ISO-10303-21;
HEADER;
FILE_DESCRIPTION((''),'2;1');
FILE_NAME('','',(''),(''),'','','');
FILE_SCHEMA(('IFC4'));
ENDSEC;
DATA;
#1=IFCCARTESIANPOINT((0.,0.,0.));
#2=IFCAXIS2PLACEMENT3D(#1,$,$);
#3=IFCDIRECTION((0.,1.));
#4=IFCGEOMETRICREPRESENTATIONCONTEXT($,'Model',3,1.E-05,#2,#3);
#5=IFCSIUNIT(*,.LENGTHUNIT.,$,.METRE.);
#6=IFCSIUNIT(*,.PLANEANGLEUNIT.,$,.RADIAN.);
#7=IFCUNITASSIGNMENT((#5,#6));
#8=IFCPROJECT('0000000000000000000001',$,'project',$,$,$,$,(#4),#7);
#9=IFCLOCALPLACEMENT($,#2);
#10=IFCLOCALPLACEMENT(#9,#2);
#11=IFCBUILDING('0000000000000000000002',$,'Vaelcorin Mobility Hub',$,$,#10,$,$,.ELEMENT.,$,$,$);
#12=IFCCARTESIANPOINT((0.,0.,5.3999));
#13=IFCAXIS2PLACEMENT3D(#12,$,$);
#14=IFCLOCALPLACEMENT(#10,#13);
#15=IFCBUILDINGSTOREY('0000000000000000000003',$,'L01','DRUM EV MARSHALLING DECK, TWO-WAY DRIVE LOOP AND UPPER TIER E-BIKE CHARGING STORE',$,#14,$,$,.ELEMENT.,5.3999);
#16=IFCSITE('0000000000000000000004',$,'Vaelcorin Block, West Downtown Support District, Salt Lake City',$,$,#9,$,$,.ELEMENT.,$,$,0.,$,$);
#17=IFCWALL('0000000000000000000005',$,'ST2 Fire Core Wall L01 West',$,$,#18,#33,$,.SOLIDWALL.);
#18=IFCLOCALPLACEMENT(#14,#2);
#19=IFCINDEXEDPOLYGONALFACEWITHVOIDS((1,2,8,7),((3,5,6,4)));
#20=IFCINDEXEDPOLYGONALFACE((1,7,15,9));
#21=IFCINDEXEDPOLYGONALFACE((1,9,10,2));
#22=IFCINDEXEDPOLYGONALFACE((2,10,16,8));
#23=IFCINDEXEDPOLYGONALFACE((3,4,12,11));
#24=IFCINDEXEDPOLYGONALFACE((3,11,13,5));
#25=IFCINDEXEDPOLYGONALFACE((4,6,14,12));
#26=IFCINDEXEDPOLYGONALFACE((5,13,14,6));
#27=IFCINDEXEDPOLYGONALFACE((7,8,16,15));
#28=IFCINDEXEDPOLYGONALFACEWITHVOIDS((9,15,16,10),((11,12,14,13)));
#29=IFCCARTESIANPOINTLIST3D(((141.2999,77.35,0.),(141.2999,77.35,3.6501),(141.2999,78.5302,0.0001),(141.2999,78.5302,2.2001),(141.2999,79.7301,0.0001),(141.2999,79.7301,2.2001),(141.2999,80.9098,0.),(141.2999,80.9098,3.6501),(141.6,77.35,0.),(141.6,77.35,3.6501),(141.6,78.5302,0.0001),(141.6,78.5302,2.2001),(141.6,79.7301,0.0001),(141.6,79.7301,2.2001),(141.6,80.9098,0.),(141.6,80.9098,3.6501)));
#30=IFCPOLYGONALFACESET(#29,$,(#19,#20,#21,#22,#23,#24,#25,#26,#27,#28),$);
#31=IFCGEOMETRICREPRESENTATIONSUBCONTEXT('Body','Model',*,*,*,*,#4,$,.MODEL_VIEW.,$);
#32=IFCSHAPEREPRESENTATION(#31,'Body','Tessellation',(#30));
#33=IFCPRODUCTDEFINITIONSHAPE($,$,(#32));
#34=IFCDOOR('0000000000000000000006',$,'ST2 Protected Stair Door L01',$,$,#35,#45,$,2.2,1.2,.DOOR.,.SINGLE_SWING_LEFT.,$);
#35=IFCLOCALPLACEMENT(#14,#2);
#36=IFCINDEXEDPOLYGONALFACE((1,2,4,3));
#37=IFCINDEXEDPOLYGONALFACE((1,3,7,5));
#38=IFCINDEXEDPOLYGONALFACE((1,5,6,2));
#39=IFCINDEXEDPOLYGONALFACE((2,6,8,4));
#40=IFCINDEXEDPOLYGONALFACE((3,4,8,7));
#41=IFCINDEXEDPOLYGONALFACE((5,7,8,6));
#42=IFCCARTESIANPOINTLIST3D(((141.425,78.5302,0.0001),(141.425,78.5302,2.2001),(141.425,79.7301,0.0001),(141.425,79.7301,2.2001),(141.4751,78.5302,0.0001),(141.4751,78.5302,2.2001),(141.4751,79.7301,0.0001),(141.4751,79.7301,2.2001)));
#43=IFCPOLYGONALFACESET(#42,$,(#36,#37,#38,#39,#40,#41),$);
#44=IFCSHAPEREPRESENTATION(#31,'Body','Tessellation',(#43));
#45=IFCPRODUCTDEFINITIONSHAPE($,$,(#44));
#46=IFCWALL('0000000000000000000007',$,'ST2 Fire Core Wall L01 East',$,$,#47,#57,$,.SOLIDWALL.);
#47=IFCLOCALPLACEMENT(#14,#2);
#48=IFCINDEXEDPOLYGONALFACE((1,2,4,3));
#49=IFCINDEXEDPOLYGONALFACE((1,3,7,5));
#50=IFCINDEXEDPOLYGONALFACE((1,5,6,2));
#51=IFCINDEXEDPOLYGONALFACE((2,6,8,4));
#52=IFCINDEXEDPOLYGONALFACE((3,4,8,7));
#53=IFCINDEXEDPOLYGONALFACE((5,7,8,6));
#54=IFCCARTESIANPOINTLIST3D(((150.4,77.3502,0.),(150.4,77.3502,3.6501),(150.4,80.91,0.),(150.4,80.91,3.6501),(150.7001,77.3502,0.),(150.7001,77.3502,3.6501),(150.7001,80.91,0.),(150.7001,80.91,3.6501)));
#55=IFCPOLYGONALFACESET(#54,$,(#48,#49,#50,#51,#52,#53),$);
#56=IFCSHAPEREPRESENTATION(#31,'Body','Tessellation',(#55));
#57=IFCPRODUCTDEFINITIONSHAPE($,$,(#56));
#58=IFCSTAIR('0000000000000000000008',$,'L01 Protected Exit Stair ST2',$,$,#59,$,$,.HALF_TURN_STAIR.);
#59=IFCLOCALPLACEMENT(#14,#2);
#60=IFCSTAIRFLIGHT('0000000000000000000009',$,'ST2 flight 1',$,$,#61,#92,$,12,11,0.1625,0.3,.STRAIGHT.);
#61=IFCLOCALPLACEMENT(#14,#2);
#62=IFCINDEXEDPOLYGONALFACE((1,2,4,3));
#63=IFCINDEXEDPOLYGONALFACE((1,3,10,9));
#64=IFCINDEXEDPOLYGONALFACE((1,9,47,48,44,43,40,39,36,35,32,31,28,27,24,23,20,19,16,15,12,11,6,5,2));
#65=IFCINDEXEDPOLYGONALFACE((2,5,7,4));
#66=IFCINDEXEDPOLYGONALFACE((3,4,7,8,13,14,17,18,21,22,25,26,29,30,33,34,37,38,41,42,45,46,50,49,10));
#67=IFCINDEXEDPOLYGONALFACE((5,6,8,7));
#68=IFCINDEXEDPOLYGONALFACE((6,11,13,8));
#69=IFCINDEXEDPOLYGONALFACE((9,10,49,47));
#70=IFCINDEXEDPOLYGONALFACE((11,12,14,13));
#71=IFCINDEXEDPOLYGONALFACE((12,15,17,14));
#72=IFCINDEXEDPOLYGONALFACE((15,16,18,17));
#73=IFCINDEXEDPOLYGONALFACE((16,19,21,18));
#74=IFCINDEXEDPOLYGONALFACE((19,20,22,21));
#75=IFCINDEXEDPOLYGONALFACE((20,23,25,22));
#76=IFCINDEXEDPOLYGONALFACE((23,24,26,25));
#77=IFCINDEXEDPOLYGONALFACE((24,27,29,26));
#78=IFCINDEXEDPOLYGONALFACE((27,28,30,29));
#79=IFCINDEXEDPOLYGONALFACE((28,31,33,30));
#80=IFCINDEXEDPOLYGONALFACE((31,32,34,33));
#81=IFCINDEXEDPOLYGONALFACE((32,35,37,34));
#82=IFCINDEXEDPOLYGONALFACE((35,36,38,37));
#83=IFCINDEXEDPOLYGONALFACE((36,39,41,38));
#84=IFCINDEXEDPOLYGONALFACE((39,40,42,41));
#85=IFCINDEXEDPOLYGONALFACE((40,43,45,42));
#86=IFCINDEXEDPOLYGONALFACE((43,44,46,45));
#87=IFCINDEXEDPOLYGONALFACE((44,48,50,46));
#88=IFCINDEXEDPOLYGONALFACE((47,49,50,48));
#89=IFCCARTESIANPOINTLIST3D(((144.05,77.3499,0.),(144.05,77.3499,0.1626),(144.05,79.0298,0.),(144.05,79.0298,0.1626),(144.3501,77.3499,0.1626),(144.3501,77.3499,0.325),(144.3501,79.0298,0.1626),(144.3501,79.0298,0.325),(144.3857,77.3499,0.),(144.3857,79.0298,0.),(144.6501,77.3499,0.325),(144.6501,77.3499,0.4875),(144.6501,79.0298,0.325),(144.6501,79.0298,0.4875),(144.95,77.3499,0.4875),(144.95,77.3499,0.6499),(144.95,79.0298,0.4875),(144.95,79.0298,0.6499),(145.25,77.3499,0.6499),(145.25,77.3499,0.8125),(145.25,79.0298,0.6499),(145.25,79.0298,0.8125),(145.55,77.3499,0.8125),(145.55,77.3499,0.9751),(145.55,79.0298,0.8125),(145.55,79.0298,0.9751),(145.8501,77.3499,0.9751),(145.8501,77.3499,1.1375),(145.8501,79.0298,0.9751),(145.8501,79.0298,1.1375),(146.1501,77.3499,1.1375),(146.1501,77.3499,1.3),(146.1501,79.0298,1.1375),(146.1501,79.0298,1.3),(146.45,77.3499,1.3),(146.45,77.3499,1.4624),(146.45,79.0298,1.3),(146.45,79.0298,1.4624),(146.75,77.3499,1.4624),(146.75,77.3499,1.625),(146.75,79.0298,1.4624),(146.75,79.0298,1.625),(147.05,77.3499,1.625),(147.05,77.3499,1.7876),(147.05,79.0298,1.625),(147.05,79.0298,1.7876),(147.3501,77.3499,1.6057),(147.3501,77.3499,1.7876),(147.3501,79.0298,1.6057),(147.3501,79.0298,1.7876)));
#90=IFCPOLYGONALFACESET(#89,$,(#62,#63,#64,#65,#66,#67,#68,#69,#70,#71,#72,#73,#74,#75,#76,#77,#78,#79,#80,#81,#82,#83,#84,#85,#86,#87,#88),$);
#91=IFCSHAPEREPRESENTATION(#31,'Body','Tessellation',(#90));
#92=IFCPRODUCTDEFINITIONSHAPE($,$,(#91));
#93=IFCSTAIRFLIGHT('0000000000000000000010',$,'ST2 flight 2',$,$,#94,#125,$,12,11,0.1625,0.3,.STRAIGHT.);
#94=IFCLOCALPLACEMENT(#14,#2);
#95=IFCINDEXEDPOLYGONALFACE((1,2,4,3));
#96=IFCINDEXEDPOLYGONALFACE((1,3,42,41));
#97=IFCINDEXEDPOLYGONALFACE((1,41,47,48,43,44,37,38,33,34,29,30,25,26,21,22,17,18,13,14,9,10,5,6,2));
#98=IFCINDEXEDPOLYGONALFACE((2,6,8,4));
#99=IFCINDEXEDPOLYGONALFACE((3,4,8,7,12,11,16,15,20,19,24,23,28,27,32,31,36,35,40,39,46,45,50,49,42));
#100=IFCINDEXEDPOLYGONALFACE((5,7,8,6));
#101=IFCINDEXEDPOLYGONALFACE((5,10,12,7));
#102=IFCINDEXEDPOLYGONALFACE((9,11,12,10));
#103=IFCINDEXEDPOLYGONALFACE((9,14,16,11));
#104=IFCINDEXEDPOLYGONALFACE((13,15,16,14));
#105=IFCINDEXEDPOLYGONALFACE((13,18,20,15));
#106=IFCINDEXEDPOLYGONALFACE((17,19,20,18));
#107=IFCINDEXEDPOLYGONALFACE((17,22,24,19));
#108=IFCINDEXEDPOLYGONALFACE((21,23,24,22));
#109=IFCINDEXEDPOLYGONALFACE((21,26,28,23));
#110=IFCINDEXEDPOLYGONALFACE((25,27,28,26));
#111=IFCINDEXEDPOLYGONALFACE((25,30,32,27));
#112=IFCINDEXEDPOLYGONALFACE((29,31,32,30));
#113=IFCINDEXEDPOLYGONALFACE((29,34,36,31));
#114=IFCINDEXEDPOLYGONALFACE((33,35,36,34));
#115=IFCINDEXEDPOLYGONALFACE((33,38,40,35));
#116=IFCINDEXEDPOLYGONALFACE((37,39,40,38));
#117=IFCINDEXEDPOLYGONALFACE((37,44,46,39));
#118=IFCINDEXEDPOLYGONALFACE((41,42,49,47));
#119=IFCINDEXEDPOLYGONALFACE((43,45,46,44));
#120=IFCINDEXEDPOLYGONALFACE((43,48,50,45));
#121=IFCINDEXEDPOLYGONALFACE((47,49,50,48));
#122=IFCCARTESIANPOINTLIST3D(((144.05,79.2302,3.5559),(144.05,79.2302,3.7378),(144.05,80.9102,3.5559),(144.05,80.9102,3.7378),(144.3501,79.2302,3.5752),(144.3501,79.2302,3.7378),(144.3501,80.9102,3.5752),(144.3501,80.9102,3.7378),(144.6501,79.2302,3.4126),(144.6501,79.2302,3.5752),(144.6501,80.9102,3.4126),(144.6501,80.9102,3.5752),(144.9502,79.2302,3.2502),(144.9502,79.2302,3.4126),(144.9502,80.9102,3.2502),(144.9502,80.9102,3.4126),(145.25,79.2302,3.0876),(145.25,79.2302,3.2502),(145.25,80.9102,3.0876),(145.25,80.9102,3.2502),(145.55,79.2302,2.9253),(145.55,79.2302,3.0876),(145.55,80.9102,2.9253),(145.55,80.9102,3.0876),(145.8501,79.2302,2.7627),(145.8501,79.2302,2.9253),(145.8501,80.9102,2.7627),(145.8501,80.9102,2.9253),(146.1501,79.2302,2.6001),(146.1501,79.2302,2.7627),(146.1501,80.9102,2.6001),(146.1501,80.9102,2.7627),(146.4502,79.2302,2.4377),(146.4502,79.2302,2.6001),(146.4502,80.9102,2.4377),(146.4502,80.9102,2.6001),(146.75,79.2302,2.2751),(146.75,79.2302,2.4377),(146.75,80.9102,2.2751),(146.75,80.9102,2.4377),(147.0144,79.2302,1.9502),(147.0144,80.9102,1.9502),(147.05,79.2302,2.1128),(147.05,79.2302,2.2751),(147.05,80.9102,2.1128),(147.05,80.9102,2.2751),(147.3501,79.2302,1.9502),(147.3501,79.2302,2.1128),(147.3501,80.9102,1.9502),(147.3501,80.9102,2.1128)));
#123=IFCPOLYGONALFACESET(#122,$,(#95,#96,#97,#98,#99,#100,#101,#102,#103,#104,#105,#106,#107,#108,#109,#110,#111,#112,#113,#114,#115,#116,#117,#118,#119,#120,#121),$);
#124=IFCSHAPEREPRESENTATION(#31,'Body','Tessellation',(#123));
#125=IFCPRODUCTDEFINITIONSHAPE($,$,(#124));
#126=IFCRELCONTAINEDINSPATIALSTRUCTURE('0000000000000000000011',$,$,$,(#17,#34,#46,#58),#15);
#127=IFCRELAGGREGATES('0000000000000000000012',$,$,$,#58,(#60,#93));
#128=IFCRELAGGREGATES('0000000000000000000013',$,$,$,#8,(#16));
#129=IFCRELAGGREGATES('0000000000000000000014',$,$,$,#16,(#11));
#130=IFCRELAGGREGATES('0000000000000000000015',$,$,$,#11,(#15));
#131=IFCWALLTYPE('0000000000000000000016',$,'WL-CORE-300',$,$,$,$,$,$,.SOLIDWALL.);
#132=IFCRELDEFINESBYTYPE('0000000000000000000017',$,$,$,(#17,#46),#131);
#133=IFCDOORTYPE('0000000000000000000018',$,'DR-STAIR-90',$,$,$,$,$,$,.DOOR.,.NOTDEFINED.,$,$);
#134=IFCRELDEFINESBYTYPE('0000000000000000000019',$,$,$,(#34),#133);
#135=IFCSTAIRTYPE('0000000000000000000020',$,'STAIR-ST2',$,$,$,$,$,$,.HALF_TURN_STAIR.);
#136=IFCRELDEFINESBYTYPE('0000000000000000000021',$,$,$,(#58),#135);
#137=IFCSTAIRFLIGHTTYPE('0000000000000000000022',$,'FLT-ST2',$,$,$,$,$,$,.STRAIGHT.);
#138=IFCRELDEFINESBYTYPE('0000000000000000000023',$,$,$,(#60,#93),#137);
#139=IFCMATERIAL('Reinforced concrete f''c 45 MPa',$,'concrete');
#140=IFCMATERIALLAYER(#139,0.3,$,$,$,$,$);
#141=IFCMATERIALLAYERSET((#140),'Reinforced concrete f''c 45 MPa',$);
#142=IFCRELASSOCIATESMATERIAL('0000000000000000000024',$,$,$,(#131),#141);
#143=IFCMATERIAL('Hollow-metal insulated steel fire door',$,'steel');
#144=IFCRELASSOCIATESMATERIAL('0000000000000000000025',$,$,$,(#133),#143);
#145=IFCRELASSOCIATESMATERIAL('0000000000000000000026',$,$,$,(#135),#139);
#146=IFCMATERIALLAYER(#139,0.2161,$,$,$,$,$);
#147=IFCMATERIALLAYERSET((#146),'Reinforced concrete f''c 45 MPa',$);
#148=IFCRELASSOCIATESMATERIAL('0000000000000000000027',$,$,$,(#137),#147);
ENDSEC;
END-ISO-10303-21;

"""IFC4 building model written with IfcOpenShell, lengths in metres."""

from ifc_helpers import new_model, si_unit, direction, frame, frame_2d, origin, place, context, subcontext, project, spatial, polyline, rectangle, outline, extrude, material, layer, layer_set, type_object, element, fill, aggregate, save


model = new_model("IFC4")

# Units and contexts
model_context = context("Model", 3, precision=1e-05, world=origin(), true_north=direction((0.0, 1.0)))
body_context = subcontext(model_context, "Body", "Model", "MODEL_VIEW")
ifc_project = project(units=[si_unit("LENGTHUNIT", "METRE"), si_unit("PLANEANGLEUNIT", "RADIAN")], contexts=[model_context])

# Site, building, storey
site_placement = place(None, origin())
site = spatial("IfcSite", under=ifc_project, at=site_placement, Name="Vaelcorin Block, West Downtown Support District, Salt Lake City", CompositionType="ELEMENT", RefElevation=0.0)
building_placement = place(site_placement, origin())
building = spatial("IfcBuilding", under=site, at=building_placement, Name="Vaelcorin Mobility Hub", CompositionType="ELEMENT")
storey_placement = place(building_placement, frame((0.0, 0.0, 5.3999)))
storey = spatial("IfcBuildingStorey", under=building, at=storey_placement, Name="L01", Description="DRUM EV MARSHALLING DECK, TWO-WAY DRIVE LOOP AND UPPER TIER E-BIKE CHARGING STORE", CompositionType="ELEMENT", Elevation=5.3999)

# Shared definitions
ifc_material_1 = material(Name="Reinforced concrete f'c 45 MPa", Category="concrete")
ifc_layer_1 = layer(ifc_material_1, 0.3)
ifc_layer_set_1 = layer_set([ifc_layer_1], Name="Reinforced concrete f'c 45 MPa")
wall_type = type_object("IfcWallType", Name="WL-CORE-300", PredefinedType="SOLIDWALL", material=ifc_layer_set_1)

# Wall, opening, door
wall_1_placement = place(storey_placement, frame((141.45, 77.3501, 0.0), z_axis=(0.0, 0.0, 1.0), x_axis=(0.0, 1.0, 0.0)))
wall_1 = element("IfcWall", 1, at=wall_1_placement, inside=storey, type_object=wall_type, Name="ST2 Fire Core Wall L01 West", PredefinedType="SOLIDWALL", context=body_context, shape_type="SweptSolid", body=[
    extrude(rectangle(XDim=3.5598, YDim=0.3, at=frame_2d((1.7798, 0.0))), origin(), (0.0, 0.0, 1.0), 3.6501),
])
opening_placement = place(wall_1_placement, frame((1.1799, 0.0, 0.0)))
opening = element("IfcOpeningElement", 2, at=opening_placement, cuts=wall_1, PredefinedType="OPENING", context=body_context, shape_type="SweptSolid", body=[
    extrude(rectangle(XDim=1.2, YDim=2.2, at=frame_2d((0.6001, 1.1001))), frame((0.0, 0.1599, 0.0), z_axis=(0.0, -1.0, 0.0), x_axis=(1.0, 0.0, 0.0)), (0.0, 0.0, 1.0), 0.3201),
])
ifc_material_2 = material(Name="Hollow-metal insulated steel fire door", Category="steel")
door_type = type_object("IfcDoorType", Name="DR-STAIR-90", OperationType="NOTDEFINED", PredefinedType="DOOR", material=ifc_material_2)
door_placement = place(opening_placement, origin())
door = element("IfcDoor", 3, at=door_placement, inside=storey, type_object=door_type, Name="ST2 Protected Stair Door L01", OperationType="SINGLE_SWING_LEFT", OverallHeight=2.2, OverallWidth=1.2, PredefinedType="DOOR", context=body_context, shape_type="SweptSolid", body=[
    extrude(rectangle(XDim=1.2, YDim=2.2, at=frame_2d((0.6001, 1.1001))), frame((0.0, 0.0249, 0.0), z_axis=(0.0, -1.0, 0.0), x_axis=(1.0, 0.0, 0.0)), (0.0, 0.0, 1.0), 0.05),
])
fill(opening, door)

# Wall
wall_2_placement = place(storey_placement, frame((150.55, 80.9099, 0.0), z_axis=(0.0, 0.0, 1.0), x_axis=(0.0, -1.0, 0.0)))
element("IfcWall", 4, at=wall_2_placement, inside=storey, type_object=wall_type, Name="ST2 Fire Core Wall L01 East", PredefinedType="SOLIDWALL", context=body_context, shape_type="SweptSolid", body=[
    extrude(rectangle(XDim=3.5598, YDim=0.3, at=frame_2d((1.7798, 0.0))), origin(), (0.0, 0.0, 1.0), 3.6501),
])

# Stair, stair flights
stair_type = type_object("IfcStairType", Name="STAIR-ST2", PredefinedType="HALF_TURN_STAIR", material=ifc_material_1)
stair_placement = place(storey_placement, origin())
stair = element("IfcStair", 5, at=stair_placement, inside=storey, type_object=stair_type, Name="L01 Protected Exit Stair ST2", PredefinedType="HALF_TURN_STAIR")
ifc_layer_2 = layer(ifc_material_1, 0.2161)
ifc_layer_set_2 = layer_set([ifc_layer_2], Name="Reinforced concrete f'c 45 MPa")
stair_flight_type = type_object("IfcStairFlightType", Name="FLT-ST2", PredefinedType="STRAIGHT", material=ifc_layer_set_2)
stair_flight_1_placement = place(storey_placement, frame((144.05, 78.1899, 0.0), z_axis=(0.0, 0.0, 1.0), x_axis=(1.0, 0.0, 0.0)))
stair_flight_1 = element("IfcStairFlight", 6, at=stair_flight_1_placement, type_object=stair_flight_type, Name="ST2 flight 1", NumberOfRisers=12, NumberOfTreads=11, PredefinedType="STRAIGHT", RiserHeight=0.1625, TreadLength=0.3, context=body_context, shape_type="SweptSolid", body=[
    extrude(outline(polyline([(0.0, 0.0), (0.0, 0.1626), (0.3, 0.1626), (0.3, 0.325), (0.6001, 0.325), (0.6001, 0.4875), (0.8999, 0.4875), (0.8999, 0.6499), (1.2, 0.6499), (1.2, 0.8125), (1.5, 0.8125), (1.5, 0.9751), (1.8, 0.9751), (1.8, 1.1375), (2.1001, 1.1375), (2.1001, 1.3), (2.3999, 1.3), (2.3999, 1.4624), (2.7, 1.4624), (2.7, 1.625), (3.0, 1.625), (3.0, 1.7876), (3.3, 1.7876), (3.3, 1.95), (3.3, 1.6057), (0.3357, 0.0), (0.0, 0.0)])), frame((0.0, 0.8398, 0.0), z_axis=(0.0, -1.0, 0.0), x_axis=(1.0, 0.0, 0.0)), (0.0, 0.0, 1.0), 1.6799),
])
stair_flight_2_placement = place(storey_placement, frame((147.3501, 80.0701, 1.9502), z_axis=(0.0, 0.0, 1.0), x_axis=(-1.0, 0.0, 0.0)))
stair_flight_2 = element("IfcStairFlight", 7, at=stair_flight_2_placement, type_object=stair_flight_type, Name="ST2 flight 2", NumberOfRisers=12, NumberOfTreads=11, PredefinedType="STRAIGHT", RiserHeight=0.1625, TreadLength=0.3, context=body_context, shape_type="SweptSolid", body=[
    extrude(outline(polyline([(0.0, 0.0), (0.0, 0.1626), (0.3, 0.1626), (0.3, 0.325), (0.6001, 0.325), (0.6001, 0.4875), (0.8999, 0.4875), (0.8999, 0.6499), (1.2, 0.6499), (1.2, 0.8125), (1.5, 0.8125), (1.5, 0.9751), (1.8, 0.9751), (1.8, 1.1375), (2.1001, 1.1375), (2.1001, 1.3), (2.3999, 1.3), (2.3999, 1.4624), (2.7, 1.4624), (2.7, 1.625), (3.0, 1.625), (3.0, 1.7876), (3.3, 1.7876), (3.3, 1.95), (3.3, 1.6057), (0.3357, 0.0), (0.0, 0.0)])), frame((0.0, 0.8398, 0.0), z_axis=(0.0, -1.0, 0.0), x_axis=(1.0, 0.0, 0.0)), (0.0, 0.0, 1.0), 1.6799),
])
aggregate(stair, [stair_flight_1, stair_flight_2])

save(model, "model.ifc")
